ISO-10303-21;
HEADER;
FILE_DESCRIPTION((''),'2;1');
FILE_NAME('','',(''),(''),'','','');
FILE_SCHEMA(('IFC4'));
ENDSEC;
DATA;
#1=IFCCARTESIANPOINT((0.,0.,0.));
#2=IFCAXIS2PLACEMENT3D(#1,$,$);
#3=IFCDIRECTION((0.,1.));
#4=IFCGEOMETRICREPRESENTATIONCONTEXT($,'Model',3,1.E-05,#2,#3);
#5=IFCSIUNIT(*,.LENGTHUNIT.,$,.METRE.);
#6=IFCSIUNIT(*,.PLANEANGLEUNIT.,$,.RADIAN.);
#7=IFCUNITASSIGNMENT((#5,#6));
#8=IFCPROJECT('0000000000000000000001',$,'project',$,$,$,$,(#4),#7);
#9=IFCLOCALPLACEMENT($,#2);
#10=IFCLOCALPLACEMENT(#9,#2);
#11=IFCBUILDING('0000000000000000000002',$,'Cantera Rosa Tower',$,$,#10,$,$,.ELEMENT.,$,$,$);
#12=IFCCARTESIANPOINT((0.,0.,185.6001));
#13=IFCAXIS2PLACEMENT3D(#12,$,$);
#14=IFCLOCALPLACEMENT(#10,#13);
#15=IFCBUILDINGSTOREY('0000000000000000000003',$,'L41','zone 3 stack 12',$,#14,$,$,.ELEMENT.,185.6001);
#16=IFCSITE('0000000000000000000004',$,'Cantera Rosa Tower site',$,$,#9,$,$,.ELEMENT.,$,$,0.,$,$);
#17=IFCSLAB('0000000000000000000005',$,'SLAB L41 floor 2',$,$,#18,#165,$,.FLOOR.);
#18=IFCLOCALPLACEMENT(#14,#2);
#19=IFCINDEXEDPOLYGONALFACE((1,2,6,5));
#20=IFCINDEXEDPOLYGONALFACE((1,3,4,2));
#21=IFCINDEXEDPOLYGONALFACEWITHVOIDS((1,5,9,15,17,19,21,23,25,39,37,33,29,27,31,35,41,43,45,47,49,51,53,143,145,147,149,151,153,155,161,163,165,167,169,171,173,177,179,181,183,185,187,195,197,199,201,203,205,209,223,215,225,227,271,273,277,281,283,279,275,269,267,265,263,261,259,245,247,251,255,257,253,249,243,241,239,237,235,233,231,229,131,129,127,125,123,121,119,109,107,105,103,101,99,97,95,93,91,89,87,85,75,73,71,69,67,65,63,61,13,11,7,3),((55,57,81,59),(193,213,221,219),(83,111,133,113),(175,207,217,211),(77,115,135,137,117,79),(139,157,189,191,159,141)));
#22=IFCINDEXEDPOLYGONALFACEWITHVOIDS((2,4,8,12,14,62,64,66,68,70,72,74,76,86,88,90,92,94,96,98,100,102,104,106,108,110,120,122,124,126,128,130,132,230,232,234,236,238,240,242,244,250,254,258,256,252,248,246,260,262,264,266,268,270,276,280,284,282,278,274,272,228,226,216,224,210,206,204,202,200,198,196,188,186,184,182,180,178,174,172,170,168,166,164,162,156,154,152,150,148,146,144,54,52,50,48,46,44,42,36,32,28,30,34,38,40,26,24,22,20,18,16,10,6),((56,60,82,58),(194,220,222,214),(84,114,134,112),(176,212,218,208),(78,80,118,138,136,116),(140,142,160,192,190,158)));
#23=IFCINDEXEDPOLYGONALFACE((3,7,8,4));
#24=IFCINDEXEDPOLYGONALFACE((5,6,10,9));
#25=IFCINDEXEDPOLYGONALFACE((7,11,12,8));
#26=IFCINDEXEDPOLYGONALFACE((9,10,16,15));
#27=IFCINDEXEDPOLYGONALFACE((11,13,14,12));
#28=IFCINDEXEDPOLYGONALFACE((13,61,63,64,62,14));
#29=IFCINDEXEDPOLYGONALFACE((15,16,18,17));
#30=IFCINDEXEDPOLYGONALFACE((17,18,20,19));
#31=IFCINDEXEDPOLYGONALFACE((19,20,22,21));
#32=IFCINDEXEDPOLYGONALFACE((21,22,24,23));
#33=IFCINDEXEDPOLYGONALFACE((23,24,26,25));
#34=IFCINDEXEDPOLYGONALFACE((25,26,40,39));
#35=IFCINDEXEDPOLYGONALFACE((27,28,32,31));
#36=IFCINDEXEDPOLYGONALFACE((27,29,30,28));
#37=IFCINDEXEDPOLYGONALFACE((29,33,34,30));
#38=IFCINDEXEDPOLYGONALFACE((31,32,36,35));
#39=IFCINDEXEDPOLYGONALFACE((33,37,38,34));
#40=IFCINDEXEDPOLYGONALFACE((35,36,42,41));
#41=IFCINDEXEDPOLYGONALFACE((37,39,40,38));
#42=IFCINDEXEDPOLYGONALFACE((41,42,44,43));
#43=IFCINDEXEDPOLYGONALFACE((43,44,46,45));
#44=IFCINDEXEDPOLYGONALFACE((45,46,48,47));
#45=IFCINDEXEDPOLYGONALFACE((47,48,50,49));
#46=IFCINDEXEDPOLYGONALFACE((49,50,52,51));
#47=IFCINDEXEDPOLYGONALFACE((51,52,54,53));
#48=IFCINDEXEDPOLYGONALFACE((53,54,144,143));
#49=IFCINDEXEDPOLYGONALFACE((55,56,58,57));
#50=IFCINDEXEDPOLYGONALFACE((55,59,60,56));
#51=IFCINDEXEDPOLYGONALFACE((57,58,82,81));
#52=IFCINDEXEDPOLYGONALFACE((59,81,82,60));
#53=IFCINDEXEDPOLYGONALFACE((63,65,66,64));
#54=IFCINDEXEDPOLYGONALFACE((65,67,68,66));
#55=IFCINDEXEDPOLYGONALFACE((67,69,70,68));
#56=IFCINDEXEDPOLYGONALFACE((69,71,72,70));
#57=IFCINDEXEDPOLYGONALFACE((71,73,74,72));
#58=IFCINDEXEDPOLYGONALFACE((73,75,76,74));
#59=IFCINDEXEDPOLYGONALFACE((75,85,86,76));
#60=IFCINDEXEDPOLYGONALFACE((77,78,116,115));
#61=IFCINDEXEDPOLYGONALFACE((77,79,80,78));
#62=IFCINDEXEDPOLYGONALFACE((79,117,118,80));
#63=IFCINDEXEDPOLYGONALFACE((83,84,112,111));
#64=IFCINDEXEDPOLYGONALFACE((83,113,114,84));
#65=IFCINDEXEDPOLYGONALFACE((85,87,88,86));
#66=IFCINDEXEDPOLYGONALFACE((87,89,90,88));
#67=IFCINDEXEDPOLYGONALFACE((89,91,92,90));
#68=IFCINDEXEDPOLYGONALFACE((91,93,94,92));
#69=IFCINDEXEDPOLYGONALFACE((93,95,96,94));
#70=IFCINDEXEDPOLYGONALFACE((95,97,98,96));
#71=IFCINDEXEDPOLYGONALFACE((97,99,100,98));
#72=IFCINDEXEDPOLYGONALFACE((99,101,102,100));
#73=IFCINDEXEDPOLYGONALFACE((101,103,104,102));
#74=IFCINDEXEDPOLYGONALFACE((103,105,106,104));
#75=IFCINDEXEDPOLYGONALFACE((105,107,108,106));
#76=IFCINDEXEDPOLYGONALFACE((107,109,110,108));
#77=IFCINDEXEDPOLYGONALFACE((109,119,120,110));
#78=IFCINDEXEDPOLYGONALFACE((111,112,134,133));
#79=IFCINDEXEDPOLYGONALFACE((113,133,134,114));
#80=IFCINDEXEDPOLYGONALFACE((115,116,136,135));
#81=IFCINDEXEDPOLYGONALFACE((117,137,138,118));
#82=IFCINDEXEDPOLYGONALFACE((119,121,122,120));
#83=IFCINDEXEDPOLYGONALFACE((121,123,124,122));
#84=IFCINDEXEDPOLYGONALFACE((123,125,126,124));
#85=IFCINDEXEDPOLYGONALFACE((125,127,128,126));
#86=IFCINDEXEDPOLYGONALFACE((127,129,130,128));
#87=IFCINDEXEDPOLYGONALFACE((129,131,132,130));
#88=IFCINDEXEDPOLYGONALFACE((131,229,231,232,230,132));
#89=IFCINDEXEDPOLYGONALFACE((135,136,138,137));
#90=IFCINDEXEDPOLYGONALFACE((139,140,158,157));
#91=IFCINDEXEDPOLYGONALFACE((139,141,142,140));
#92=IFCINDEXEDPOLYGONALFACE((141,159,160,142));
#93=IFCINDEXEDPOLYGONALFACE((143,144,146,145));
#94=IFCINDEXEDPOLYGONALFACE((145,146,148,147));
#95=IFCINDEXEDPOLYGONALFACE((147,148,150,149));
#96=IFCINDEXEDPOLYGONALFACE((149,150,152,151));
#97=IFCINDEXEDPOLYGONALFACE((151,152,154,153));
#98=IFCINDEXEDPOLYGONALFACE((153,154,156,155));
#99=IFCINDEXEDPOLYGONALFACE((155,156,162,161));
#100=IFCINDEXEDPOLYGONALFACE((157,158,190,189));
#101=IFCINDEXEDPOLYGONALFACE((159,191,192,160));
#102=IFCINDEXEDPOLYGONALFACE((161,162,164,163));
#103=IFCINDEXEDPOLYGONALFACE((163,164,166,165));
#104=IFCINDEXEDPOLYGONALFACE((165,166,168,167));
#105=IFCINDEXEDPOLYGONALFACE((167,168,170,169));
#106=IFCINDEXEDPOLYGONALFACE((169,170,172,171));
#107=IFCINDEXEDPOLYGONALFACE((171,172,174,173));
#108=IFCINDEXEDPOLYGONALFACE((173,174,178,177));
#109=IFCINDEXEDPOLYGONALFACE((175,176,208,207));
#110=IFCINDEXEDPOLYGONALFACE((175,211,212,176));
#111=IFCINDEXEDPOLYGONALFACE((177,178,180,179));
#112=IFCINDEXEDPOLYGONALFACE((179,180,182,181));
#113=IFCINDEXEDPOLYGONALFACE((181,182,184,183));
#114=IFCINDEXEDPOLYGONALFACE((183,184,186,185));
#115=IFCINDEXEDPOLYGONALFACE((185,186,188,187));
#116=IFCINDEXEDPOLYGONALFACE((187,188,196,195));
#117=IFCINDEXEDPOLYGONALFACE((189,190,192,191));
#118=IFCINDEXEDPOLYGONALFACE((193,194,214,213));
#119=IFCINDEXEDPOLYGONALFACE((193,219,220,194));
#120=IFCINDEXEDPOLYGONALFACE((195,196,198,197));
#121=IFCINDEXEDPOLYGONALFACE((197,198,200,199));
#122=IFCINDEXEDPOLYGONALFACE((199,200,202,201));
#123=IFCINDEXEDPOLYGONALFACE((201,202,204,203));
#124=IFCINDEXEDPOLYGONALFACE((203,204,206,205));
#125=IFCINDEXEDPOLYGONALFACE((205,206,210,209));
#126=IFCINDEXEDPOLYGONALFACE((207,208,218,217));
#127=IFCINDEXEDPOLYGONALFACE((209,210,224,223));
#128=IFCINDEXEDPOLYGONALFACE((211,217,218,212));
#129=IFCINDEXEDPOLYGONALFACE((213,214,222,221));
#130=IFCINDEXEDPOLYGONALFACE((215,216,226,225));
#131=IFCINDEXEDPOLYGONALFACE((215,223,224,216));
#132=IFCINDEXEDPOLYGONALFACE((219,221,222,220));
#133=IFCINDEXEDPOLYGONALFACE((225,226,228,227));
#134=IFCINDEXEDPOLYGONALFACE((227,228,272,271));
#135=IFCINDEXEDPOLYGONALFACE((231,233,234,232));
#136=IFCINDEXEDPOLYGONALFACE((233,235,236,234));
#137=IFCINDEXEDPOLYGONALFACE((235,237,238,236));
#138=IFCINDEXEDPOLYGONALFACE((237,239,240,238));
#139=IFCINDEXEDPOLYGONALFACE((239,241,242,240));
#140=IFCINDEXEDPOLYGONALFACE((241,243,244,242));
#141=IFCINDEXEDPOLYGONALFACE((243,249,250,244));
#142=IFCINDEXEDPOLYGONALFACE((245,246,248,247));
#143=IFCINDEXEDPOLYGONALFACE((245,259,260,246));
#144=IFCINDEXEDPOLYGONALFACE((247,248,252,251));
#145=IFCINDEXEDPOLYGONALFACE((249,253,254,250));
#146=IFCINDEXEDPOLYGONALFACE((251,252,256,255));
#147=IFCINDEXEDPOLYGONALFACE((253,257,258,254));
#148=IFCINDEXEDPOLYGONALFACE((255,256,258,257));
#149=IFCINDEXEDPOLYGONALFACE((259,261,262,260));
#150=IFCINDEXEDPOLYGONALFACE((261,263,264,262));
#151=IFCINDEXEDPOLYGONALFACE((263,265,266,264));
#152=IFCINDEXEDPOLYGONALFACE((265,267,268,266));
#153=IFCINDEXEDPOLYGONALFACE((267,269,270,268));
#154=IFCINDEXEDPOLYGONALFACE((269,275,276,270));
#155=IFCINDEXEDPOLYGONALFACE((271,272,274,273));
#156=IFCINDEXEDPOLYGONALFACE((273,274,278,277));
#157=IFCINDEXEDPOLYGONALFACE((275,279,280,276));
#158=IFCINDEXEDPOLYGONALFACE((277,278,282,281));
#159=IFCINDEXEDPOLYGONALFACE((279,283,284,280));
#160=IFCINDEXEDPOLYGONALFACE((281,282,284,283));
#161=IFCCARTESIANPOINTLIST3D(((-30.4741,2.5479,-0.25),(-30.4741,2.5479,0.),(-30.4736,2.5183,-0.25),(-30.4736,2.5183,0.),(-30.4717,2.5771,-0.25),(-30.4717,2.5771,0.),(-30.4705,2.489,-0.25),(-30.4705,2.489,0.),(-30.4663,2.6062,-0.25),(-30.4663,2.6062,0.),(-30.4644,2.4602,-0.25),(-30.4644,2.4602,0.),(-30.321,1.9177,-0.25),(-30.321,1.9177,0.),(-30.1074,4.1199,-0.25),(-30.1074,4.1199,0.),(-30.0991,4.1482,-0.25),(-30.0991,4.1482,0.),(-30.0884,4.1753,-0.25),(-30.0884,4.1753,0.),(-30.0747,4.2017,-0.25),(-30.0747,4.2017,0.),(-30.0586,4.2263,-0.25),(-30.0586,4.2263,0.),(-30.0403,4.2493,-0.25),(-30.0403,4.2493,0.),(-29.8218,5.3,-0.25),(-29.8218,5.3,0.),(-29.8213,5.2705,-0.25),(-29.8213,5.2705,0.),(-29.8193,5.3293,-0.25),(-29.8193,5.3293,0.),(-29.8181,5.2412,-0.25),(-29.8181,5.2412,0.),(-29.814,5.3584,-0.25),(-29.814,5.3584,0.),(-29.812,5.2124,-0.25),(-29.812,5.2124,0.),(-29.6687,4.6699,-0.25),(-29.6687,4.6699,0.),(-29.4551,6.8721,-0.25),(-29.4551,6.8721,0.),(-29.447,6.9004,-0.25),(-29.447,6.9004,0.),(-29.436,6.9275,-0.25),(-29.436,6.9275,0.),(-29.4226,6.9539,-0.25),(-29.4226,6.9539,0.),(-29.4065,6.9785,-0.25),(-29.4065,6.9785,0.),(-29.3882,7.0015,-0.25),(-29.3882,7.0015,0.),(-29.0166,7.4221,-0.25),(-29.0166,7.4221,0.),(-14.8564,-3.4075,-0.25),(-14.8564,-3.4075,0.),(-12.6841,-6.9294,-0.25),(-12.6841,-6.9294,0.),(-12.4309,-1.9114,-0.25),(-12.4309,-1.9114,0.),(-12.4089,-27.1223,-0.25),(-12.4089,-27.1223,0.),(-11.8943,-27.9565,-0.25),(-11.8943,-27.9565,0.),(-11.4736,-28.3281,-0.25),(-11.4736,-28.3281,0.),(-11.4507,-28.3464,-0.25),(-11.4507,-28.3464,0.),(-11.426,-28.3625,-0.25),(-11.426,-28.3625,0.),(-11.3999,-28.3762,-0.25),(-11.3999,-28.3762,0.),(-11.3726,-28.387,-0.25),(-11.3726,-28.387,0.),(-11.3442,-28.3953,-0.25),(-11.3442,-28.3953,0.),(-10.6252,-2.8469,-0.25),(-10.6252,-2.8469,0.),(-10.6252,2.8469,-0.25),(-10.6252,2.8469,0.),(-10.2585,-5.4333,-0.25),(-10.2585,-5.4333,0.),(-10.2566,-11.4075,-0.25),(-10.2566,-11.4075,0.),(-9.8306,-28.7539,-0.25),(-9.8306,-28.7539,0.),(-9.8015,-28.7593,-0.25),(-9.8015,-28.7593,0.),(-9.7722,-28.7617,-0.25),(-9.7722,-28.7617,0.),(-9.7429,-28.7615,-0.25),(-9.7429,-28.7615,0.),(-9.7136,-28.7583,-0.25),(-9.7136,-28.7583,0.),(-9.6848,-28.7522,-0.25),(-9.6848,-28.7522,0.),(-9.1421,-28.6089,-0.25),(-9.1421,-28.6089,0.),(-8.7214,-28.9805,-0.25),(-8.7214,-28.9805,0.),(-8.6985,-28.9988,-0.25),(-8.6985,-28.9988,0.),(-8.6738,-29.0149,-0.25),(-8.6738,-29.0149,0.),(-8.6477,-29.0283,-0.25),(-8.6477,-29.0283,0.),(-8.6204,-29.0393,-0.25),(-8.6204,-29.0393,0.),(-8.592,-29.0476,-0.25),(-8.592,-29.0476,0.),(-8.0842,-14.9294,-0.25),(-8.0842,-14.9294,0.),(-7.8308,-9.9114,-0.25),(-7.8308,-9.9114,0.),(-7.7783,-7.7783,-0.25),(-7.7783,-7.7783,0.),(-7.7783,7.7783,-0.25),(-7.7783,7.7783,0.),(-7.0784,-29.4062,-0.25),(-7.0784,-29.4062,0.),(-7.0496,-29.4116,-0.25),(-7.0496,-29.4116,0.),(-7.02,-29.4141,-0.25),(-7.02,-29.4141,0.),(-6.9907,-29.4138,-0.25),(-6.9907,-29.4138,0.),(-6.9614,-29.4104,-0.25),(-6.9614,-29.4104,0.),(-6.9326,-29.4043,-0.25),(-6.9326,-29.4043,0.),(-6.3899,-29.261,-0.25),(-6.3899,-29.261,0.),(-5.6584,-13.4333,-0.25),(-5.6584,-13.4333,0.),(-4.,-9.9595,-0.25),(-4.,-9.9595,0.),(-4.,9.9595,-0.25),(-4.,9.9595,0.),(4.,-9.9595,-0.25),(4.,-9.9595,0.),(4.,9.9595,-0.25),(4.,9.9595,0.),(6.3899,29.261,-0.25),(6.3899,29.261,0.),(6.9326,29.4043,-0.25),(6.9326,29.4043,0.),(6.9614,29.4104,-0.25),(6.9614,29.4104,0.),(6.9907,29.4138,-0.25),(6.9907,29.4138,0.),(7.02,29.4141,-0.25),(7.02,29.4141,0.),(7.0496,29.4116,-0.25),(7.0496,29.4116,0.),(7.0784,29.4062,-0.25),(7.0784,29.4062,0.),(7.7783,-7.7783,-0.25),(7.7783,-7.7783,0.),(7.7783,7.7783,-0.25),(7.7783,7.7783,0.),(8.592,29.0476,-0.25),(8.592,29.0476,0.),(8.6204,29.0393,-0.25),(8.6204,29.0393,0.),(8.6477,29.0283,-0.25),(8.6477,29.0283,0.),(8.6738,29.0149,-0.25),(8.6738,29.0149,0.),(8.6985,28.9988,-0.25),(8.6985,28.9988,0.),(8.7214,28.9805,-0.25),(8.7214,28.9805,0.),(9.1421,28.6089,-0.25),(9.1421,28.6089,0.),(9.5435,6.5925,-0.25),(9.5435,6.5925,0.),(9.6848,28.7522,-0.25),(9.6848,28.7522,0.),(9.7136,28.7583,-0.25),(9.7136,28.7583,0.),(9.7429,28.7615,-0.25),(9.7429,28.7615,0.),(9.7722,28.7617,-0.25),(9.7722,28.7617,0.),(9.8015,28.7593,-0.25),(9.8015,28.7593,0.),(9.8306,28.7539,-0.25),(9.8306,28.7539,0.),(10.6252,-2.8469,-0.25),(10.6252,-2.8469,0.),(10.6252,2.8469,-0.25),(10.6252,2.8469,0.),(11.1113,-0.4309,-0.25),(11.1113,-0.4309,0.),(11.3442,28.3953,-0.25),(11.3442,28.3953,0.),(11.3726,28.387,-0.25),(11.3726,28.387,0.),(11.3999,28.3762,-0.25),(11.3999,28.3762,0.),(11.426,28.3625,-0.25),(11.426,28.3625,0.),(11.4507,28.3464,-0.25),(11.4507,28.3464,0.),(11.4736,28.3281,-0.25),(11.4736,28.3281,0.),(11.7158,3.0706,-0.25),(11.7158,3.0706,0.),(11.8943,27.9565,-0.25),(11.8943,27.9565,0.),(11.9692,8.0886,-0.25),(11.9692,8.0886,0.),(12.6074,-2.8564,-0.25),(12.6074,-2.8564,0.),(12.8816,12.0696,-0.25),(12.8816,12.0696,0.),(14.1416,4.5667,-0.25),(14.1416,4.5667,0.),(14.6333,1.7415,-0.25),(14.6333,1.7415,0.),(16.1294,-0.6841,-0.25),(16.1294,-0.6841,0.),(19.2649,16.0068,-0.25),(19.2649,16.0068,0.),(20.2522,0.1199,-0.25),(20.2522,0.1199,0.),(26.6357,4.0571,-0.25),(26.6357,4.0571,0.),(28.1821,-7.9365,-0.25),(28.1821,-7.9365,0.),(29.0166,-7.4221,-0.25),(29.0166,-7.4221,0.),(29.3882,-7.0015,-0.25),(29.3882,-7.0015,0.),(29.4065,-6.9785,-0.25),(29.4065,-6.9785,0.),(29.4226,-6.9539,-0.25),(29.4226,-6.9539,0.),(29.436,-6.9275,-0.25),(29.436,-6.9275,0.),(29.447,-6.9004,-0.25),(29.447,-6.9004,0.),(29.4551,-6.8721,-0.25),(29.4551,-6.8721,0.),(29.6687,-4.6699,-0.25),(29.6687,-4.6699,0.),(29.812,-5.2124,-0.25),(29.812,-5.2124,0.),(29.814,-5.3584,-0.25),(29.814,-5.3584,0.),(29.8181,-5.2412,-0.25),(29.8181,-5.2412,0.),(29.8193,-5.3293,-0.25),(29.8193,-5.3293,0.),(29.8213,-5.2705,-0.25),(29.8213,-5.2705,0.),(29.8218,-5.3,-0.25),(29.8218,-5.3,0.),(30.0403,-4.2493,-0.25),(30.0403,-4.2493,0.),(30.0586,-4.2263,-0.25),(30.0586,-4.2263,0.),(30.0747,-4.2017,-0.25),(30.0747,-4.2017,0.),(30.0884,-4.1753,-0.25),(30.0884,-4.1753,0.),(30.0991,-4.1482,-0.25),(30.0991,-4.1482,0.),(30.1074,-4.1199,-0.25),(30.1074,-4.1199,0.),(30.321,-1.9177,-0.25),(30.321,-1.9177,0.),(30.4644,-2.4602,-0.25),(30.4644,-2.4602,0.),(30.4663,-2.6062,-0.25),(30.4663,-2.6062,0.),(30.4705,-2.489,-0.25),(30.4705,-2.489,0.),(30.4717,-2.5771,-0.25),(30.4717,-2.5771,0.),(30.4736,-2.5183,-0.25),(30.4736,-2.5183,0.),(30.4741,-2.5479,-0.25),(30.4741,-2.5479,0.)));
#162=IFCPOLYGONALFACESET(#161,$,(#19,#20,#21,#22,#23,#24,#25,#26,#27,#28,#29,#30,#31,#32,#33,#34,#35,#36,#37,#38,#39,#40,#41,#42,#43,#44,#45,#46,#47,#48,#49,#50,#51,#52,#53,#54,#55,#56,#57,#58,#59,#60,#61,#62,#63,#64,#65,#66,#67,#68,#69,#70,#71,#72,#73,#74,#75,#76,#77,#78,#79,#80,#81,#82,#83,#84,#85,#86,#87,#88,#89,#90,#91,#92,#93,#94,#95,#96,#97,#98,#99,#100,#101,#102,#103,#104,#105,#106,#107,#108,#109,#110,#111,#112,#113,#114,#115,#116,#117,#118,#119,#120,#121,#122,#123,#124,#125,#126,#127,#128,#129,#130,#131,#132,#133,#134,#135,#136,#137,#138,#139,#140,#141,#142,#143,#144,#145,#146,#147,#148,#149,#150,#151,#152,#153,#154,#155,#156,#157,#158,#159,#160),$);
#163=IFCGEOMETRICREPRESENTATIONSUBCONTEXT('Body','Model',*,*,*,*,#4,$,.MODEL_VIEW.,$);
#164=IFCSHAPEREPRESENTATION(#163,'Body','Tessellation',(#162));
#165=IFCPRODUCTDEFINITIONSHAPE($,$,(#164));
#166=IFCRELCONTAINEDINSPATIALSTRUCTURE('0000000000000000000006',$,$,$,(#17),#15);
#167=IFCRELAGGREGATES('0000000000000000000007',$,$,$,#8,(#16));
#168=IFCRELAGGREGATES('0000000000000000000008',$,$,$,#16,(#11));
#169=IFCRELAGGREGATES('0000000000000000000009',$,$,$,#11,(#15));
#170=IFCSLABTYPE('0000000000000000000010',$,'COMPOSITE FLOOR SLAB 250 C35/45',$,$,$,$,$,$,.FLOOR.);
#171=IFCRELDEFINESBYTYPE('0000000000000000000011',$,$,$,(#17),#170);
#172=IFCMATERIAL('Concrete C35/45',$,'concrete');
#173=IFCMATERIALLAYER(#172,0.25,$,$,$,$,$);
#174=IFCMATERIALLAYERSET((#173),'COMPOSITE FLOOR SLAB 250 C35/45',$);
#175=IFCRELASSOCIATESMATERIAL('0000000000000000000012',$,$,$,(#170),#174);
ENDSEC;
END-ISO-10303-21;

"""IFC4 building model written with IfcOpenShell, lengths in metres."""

from ifc_helpers import new_model, si_unit, direction, frame, origin, place, context, subcontext, project, spatial, polyline, outline, extrude, material, layer, layer_set, type_object, element, save


model = new_model("IFC4")

# Units and contexts
model_context = context("Model", 3, precision=1e-05, world=origin(), true_north=direction((0.0, 1.0)))
body_context = subcontext(model_context, "Body", "Model", "MODEL_VIEW")
ifc_project = project(units=[si_unit("LENGTHUNIT", "METRE"), si_unit("PLANEANGLEUNIT", "RADIAN")], contexts=[model_context])

# Site, building, storey
site_placement = place(None, origin())
site = spatial("IfcSite", under=ifc_project, at=site_placement, Name="Cantera Rosa Tower site", CompositionType="ELEMENT", RefElevation=0.0)
building_placement = place(site_placement, origin())
building = spatial("IfcBuilding", under=site, at=building_placement, Name="Cantera Rosa Tower", CompositionType="ELEMENT")
storey_placement = place(building_placement, frame((0.0, 0.0, 185.6001)))
storey = spatial("IfcBuildingStorey", under=building, at=storey_placement, Name="L41", Description="zone 3 stack 12", CompositionType="ELEMENT", Elevation=185.6001)

# Slab
ifc_material_1 = material(Name="Concrete C35/45", Category="concrete")
ifc_layer_1 = layer(ifc_material_1, 0.25)
ifc_layer_set_1 = layer_set([ifc_layer_1], Name="COMPOSITE FLOOR SLAB 250 C35/45")
slab_type_1 = type_object("IfcSlabType", Name="COMPOSITE FLOOR SLAB 250 C35/45", PredefinedType="FLOOR", material=ifc_layer_set_1)
slab_1_placement = place(storey_placement, frame((0.0, 0.0, -0.25)))
element("IfcSlab", 1, at=slab_1_placement, inside=storey, type_object=slab_type_1, Name="SLAB L41 floor 2", PredefinedType="FLOOR", context=body_context, shape_type="SweptSolid", body=[
    extrude(outline(polyline([(-8.6477, -29.0283), (-8.6738, -29.0149), (-8.6985, -28.9988), (-8.7214, -28.9805), (-9.1421, -28.6089), (-9.6848, -28.7522), (-9.7136, -28.7583), (-9.7429, -28.7615), (-9.7722, -28.7617), (-9.8015, -28.7593), (-9.8306, -28.7539), (-11.3442, -28.3953), (-11.3726, -28.387), (-11.3999, -28.3762), (-11.426, -28.3625), (-11.4507, -28.3464), (-11.4736, -28.3281), (-11.8943, -27.9565), (-12.4089, -27.1223), (-30.321, 1.9177), (-30.4644, 2.4602), (-30.4705, 2.489), (-30.4736, 2.5183), (-30.4741, 2.5479), (-30.4717, 2.5771), (-30.4663, 2.6062), (-30.1074, 4.1199), (-30.0991, 4.1482), (-30.0884, 4.1753), (-30.0747, 4.2017), (-30.0586, 4.2263), (-30.0403, 4.2493), (-29.6687, 4.6699), (-29.812, 5.2124), (-29.8181, 5.2412), (-29.8213, 5.2705), (-29.8218, 5.3), (-29.8193, 5.3293), (-29.814, 5.3584), (-29.4551, 6.8721), (-29.447, 6.9004), (-29.436, 6.9275), (-29.4226, 6.9539), (-29.4065, 6.9785), (-29.3882, 7.0015), (-29.0166, 7.4221), (6.3899, 29.261), (6.9326, 29.4043), (6.9614, 29.4104), (6.9907, 29.4138), (7.02, 29.4141), (7.0496, 29.4116), (7.0784, 29.4062), (8.592, 29.0476), (8.6204, 29.0393), (8.6477, 29.0283), (8.6738, 29.0149), (8.6985, 28.9988), (8.7214, 28.9805), (9.1421, 28.6089), (9.6848, 28.7522), (9.7136, 28.7583), (9.7429, 28.7615), (9.7722, 28.7617), (9.8015, 28.7593), (9.8306, 28.7539), (11.3442, 28.3953), (11.3726, 28.387), (11.3999, 28.3762), (11.426, 28.3625), (11.4507, 28.3464), (11.4736, 28.3281), (11.8943, 27.9565), (19.2649, 16.0068), (12.8816, 12.0696), (20.2522, 0.1199), (26.6357, 4.0571), (30.321, -1.9177), (30.4644, -2.4602), (30.4705, -2.489), (30.4736, -2.5183), (30.4741, -2.5479), (30.4717, -2.5771), (30.4663, -2.6062), (30.1074, -4.1199), (30.0991, -4.1482), (30.0884, -4.1753), (30.0747, -4.2017), (30.0586, -4.2263), (30.0403, -4.2493), (29.6687, -4.6699), (29.812, -5.2124), (29.8181, -5.2412), (29.8213, -5.2705), (29.8218, -5.3), (29.8193, -5.3293), (29.814, -5.3584), (29.4551, -6.8721), (29.447, -6.9004), (29.436, -6.9275), (29.4226, -6.9539), (29.4065, -6.9785), (29.3882, -7.0015), (29.0166, -7.4221), (28.1821, -7.9365), (-6.3899, -29.261), (-6.9326, -29.4043), (-6.9614, -29.4104), (-6.9907, -29.4138), (-7.02, -29.4141), (-7.0496, -29.4116), (-7.0784, -29.4062), (-8.592, -29.0476), (-8.6204, -29.0393), (-8.6477, -29.0283)]), holes=[polyline([(-5.6584, -13.4333), (-7.8308, -9.9114), (-10.2566, -11.4075), (-8.0842, -14.9294), (-5.6584, -13.4333)]), polyline([(-10.2585, -5.4333), (-12.4309, -1.9114), (-14.8564, -3.4075), (-12.6841, -6.9294), (-10.2585, -5.4333)]), polyline([(-7.7783, 7.7783), (-10.6252, 2.8469), (-10.6252, -2.8469), (-7.7783, -7.7783), (-4.0, -9.9595), (-4.0, 9.9595), (-7.7783, 7.7783)]), polyline([(14.6333, 1.7415), (11.1113, -0.4309), (12.6074, -2.8564), (16.1294, -0.6841), (14.6333, 1.7415)]), polyline([(7.7783, -7.7783), (10.6252, -2.8469), (10.6252, 2.8469), (7.7783, 7.7783), (4.0, 9.9595), (4.0, -9.9595), (7.7783, -7.7783)]), polyline([(11.7158, 3.0706), (14.1416, 4.5667), (11.9692, 8.0886), (9.5435, 6.5925), (11.7158, 3.0706)])]), origin(), (0.0, 0.0, 1.0), 0.25),
])

save(model, "model.ifc")
